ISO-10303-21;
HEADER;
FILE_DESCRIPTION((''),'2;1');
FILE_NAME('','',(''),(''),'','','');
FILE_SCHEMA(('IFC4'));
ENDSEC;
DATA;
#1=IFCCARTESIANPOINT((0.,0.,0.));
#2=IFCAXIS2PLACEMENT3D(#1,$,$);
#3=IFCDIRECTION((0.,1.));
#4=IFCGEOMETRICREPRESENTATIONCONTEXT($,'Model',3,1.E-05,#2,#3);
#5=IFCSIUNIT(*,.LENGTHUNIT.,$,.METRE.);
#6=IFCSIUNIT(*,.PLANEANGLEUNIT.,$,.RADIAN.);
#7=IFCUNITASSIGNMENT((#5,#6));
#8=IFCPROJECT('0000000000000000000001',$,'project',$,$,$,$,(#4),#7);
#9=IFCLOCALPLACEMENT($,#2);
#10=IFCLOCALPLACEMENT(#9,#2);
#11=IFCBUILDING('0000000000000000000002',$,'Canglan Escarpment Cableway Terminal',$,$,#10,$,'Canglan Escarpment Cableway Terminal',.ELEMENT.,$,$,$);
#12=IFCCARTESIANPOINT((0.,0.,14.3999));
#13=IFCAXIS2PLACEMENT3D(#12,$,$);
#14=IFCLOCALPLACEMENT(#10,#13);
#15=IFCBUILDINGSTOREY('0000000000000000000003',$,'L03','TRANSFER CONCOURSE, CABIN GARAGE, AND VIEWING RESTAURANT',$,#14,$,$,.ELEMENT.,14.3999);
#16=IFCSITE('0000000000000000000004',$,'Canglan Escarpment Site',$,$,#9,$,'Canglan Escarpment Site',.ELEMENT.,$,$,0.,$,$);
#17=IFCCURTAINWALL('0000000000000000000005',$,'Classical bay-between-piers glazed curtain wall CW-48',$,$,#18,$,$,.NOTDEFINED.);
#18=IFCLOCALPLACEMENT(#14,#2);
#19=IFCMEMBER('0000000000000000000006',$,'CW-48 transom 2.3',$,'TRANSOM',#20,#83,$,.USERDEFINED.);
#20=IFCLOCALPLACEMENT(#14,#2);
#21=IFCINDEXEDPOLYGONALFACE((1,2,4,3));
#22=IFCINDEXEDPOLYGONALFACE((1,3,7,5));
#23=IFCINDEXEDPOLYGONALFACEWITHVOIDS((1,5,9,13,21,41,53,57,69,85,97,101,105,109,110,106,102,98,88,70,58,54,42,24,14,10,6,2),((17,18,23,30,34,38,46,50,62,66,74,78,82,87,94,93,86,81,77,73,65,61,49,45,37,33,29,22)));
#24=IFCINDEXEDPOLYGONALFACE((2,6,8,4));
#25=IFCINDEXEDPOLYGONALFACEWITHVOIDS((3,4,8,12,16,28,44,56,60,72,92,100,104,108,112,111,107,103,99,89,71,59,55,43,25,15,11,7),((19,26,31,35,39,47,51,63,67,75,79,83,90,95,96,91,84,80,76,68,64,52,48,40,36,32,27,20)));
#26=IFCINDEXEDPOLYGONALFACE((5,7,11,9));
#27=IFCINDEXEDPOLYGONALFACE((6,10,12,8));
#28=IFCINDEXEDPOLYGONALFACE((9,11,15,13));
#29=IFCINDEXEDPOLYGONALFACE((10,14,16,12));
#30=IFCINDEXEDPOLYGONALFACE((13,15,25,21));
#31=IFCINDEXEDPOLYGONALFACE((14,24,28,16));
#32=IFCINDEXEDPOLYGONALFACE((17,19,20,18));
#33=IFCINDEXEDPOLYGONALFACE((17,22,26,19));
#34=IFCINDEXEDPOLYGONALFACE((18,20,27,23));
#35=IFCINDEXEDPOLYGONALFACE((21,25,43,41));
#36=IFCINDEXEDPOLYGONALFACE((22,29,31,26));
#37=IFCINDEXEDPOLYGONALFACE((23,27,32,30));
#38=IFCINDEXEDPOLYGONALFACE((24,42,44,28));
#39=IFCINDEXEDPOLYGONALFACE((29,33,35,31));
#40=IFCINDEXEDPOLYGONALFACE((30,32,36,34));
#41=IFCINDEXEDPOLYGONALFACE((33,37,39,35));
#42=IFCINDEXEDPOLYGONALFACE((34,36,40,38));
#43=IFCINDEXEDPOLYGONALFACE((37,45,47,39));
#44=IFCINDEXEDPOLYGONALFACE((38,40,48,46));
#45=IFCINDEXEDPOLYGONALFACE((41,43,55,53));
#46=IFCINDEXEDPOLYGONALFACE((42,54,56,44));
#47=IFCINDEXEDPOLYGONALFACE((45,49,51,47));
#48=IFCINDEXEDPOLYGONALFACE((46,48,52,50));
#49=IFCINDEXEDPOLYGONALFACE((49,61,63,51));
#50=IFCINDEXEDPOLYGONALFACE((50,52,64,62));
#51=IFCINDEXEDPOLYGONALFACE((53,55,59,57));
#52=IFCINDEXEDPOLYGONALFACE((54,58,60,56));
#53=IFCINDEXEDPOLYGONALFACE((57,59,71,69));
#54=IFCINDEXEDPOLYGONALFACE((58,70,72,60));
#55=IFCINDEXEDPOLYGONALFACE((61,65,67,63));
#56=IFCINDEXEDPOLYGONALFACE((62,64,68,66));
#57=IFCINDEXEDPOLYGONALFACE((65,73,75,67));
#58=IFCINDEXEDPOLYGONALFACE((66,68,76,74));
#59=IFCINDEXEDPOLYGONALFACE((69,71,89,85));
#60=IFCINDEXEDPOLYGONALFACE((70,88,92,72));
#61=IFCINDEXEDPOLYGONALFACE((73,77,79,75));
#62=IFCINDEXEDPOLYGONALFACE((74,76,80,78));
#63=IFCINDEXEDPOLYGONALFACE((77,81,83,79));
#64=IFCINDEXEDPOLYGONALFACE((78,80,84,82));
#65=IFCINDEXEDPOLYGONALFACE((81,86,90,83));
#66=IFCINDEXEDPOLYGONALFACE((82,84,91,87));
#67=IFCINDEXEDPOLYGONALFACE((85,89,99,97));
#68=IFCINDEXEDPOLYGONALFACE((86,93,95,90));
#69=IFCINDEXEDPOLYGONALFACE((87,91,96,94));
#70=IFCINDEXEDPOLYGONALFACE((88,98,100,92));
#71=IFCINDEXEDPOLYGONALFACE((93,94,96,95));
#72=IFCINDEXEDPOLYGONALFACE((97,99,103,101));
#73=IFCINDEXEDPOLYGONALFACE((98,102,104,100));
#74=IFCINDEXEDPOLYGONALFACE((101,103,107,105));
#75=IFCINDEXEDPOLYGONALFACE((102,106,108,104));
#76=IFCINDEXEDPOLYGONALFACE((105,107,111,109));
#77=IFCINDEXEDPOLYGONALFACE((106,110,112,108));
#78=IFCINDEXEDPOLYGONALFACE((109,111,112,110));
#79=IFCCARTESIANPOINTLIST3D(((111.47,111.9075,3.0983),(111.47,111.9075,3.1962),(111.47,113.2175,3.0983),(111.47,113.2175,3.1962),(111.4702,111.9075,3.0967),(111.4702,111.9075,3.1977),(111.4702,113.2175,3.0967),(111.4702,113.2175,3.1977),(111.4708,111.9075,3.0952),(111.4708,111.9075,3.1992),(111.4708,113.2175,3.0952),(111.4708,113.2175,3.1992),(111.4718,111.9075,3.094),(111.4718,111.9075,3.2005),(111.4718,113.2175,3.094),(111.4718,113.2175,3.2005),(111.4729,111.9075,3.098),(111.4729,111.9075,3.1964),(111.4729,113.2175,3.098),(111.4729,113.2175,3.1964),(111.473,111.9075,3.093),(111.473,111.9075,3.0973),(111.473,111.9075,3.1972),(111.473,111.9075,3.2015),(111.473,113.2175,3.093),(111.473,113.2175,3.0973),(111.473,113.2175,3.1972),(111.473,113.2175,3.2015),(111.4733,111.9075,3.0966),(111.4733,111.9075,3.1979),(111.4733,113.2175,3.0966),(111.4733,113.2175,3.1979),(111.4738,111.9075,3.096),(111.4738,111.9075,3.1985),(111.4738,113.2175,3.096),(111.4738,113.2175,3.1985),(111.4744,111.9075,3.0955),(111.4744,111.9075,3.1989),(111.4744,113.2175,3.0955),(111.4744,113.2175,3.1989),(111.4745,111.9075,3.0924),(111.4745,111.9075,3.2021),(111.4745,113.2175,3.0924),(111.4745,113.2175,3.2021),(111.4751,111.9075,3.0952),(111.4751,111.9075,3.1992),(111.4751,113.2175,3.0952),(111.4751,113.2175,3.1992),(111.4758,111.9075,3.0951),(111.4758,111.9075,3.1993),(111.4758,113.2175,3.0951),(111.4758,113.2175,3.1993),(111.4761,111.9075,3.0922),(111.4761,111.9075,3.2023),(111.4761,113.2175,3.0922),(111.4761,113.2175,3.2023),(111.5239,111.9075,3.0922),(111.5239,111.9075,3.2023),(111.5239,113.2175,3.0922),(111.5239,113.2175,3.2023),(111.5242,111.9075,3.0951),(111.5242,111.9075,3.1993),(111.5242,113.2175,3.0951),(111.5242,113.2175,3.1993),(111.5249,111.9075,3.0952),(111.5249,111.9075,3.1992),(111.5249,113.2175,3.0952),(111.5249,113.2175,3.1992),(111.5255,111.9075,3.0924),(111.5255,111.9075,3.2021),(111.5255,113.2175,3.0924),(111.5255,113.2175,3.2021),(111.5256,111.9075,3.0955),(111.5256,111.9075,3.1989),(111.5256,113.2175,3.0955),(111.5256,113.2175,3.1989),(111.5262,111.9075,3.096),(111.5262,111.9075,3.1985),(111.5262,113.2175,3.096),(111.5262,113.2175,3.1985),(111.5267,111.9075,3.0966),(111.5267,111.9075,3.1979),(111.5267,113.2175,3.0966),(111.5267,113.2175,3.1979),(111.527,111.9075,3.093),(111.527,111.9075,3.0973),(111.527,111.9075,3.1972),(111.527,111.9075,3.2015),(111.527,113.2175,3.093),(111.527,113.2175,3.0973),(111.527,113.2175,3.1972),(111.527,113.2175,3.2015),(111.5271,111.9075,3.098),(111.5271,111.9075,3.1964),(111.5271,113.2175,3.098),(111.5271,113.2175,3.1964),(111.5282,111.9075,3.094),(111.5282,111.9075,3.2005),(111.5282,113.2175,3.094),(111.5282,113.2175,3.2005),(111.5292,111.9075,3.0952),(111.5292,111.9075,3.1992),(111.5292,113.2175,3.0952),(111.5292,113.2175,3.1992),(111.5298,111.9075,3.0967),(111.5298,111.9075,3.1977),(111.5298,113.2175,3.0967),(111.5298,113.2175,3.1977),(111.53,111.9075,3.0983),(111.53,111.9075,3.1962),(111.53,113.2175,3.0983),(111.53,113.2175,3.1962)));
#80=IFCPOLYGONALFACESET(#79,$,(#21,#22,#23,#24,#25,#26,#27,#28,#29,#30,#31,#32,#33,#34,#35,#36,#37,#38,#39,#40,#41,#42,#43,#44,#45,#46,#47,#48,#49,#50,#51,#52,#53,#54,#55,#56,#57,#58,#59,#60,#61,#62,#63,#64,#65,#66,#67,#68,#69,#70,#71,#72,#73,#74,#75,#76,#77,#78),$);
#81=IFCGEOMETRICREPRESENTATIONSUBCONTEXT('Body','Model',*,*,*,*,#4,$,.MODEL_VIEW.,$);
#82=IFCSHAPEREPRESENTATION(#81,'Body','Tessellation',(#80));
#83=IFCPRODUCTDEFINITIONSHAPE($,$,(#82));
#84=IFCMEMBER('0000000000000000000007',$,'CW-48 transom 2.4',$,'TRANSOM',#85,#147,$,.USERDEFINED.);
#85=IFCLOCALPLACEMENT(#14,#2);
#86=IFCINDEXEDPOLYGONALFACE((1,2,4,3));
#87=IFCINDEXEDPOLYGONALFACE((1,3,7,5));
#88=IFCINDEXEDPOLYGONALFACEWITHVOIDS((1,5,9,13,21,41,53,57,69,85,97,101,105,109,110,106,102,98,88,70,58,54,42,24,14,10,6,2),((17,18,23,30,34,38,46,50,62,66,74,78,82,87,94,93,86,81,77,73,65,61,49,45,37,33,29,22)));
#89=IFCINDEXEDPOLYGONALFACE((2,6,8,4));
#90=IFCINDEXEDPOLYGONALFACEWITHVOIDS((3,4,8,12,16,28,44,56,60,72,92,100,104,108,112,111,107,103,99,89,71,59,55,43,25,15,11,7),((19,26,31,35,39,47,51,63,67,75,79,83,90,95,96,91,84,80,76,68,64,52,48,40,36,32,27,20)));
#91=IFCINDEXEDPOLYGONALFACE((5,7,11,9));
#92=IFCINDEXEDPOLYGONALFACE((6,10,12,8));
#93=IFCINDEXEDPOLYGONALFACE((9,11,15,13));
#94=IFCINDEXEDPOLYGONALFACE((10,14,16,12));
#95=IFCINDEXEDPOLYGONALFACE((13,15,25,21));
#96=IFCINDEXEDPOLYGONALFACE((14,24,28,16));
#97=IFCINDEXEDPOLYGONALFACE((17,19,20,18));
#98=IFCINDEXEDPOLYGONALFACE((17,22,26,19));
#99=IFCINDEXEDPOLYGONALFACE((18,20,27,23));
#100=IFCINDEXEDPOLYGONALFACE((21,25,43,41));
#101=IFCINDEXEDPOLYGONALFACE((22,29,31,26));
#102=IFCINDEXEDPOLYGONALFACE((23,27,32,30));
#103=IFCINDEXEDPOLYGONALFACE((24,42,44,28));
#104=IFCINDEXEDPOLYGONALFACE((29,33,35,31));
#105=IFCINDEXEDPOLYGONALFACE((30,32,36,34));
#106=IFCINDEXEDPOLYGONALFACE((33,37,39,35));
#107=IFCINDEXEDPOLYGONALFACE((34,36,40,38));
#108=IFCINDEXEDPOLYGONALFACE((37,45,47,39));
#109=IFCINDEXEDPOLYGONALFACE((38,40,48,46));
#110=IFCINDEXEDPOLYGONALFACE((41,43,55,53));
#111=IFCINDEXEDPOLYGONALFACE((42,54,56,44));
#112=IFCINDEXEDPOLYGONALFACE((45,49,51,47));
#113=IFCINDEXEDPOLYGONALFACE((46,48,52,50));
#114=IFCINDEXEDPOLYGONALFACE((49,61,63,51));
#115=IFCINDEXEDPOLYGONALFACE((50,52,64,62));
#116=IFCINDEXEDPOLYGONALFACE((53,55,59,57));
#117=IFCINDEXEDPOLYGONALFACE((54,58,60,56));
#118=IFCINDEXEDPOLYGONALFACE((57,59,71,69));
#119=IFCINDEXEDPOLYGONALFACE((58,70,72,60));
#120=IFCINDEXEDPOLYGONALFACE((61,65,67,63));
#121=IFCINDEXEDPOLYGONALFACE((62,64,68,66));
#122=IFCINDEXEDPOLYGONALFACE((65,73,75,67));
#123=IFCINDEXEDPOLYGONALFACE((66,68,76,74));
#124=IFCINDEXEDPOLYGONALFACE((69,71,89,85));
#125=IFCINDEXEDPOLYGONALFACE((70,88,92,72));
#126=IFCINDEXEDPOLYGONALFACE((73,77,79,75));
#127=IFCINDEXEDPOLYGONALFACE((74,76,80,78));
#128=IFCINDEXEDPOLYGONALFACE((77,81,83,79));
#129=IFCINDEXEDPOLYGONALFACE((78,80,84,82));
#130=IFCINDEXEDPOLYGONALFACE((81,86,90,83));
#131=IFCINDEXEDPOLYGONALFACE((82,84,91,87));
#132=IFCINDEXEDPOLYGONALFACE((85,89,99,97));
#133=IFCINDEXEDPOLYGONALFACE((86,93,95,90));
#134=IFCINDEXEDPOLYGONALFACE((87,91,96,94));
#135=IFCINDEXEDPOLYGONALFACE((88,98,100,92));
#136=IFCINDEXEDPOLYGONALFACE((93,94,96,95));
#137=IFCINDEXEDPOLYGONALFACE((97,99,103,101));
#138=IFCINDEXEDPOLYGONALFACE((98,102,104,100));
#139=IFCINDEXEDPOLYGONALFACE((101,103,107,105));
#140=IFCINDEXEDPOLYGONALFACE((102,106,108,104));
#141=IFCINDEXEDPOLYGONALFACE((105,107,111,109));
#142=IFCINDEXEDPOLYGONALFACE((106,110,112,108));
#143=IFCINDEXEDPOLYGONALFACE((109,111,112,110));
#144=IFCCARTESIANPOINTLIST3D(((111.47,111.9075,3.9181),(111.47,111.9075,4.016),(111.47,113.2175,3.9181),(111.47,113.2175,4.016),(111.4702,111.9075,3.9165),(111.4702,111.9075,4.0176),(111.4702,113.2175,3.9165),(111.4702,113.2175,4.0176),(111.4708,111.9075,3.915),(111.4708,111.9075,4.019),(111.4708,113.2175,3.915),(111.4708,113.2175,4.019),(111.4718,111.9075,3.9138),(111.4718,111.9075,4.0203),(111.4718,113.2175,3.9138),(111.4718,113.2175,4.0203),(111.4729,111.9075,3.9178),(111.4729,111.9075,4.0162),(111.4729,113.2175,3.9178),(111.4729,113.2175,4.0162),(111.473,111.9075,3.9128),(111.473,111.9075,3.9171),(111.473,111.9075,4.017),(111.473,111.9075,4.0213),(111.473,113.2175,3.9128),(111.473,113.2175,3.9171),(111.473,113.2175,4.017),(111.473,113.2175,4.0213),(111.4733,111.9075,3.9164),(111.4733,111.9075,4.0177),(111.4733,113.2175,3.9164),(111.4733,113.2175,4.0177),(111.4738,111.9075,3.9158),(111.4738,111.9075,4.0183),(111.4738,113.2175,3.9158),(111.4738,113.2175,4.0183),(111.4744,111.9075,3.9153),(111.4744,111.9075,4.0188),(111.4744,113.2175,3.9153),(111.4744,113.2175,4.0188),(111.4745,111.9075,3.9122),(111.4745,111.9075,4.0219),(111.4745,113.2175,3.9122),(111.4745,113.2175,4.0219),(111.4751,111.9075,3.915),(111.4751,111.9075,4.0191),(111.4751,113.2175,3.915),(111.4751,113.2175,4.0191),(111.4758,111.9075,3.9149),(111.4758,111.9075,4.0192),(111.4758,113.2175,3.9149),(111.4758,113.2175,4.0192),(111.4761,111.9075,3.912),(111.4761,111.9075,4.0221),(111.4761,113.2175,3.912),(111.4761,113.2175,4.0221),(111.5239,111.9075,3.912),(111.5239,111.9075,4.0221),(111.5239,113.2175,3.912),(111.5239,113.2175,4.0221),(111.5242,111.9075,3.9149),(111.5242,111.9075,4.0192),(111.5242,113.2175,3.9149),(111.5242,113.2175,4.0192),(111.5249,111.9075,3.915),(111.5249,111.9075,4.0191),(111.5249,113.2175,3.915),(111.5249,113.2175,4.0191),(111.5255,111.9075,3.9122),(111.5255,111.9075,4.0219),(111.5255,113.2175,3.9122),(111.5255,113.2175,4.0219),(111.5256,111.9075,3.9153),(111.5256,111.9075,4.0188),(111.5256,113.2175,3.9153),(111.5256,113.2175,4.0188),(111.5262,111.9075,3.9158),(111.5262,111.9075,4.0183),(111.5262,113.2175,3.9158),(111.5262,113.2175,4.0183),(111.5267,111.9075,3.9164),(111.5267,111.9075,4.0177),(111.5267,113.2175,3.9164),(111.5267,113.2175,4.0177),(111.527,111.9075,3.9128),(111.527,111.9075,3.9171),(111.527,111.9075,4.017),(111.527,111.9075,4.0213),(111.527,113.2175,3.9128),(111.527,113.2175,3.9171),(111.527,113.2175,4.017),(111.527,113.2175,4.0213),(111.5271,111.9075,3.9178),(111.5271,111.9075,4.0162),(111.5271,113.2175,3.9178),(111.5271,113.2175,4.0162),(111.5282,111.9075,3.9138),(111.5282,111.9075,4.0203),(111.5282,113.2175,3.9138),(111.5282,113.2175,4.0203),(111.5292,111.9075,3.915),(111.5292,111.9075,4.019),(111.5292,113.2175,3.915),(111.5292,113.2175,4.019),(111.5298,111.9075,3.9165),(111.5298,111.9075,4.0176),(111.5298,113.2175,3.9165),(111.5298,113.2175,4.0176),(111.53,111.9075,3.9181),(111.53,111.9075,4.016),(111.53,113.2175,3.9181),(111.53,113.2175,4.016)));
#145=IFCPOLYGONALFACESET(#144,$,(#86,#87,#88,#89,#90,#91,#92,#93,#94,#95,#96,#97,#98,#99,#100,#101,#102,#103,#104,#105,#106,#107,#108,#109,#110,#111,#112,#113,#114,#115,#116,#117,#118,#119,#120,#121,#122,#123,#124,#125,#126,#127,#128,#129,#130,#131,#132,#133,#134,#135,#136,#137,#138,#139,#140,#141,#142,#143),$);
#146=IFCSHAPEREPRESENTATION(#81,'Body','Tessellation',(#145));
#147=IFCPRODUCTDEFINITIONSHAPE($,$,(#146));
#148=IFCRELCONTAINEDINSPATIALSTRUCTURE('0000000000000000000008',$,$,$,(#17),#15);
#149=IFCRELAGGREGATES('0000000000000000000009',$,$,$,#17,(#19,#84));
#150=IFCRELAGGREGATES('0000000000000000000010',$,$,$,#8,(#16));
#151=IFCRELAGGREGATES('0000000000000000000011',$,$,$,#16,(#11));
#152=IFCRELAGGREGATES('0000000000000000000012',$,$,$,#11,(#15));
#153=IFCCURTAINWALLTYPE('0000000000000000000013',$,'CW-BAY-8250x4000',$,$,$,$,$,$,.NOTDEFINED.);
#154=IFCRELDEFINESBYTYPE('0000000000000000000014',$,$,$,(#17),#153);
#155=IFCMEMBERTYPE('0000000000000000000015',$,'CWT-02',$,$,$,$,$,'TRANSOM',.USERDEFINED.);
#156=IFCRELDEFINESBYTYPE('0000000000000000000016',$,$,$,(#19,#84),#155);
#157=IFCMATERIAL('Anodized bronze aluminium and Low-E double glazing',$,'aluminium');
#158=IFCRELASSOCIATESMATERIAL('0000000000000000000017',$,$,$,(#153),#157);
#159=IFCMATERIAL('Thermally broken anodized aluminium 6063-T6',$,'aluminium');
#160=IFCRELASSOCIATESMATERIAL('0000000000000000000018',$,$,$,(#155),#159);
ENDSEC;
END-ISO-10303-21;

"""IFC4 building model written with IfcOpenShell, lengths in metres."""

from ifc_helpers import new_model, si_unit, direction, frame, origin, origin_2d, place, context, subcontext, project, spatial, hollow_rectangle, extrude, material, material_profile, profile_set, type_object, element, aggregate, save


model = new_model("IFC4")

# Units and contexts
model_context = context("Model", 3, precision=1e-05, world=origin(), true_north=direction((0.0, 1.0)))
body_context = subcontext(model_context, "Body", "Model", "MODEL_VIEW")
ifc_project = project(units=[si_unit("LENGTHUNIT", "METRE"), si_unit("PLANEANGLEUNIT", "RADIAN")], contexts=[model_context])

# Site, building, storey
site_placement = place(None, origin())
site = spatial("IfcSite", under=ifc_project, at=site_placement, Name="Canglan Escarpment Site", LongName="Canglan Escarpment Site", CompositionType="ELEMENT", RefElevation=0.0)
building_placement = place(site_placement, origin())
building = spatial("IfcBuilding", under=site, at=building_placement, Name="Canglan Escarpment Cableway Terminal", LongName="Canglan Escarpment Cableway Terminal", CompositionType="ELEMENT")
storey_placement = place(building_placement, frame((0.0, 0.0, 14.3999)))
storey = spatial("IfcBuildingStorey", under=building, at=storey_placement, Name="L03", Description="TRANSFER CONCOURSE, CABIN GARAGE, AND VIEWING RESTAURANT", CompositionType="ELEMENT", Elevation=14.3999)

# Curtain wall, members
ifc_material_1 = material(Name="Anodized bronze aluminium and Low-E double glazing", Category="aluminium")
curtain_wall_type = type_object("IfcCurtainWallType", Name="CW-BAY-8250x4000", PredefinedType="NOTDEFINED", material=ifc_material_1)
curtain_wall_placement = place(storey_placement, origin())
curtain_wall = element("IfcCurtainWall", 1, at=curtain_wall_placement, inside=storey, type_object=curtain_wall_type, Name="Classical bay-between-piers glazed curtain wall CW-48", PredefinedType="NOTDEFINED")
ifc_material_2 = material(Name="Thermally broken anodized aluminium 6063-T6", Category="aluminium")
ifc_material_profile_1 = material_profile(ifc_material_2, hollow_rectangle(XDim=0.0601, YDim=0.1101, WallThickness=0.0029, InnerFilletRadius=0.0029, OuterFilletRadius=0.0061, at=origin_2d()), Name="ALU-TRAN 60x110x3")
ifc_profile_set_1 = profile_set([ifc_material_profile_1], Name="Thermally broken anodized aluminium 6063-T6")
member_type_1 = type_object("IfcMemberType", Name="CWT-02", ElementType="TRANSOM", PredefinedType="USERDEFINED", material=ifc_profile_set_1)
member_1_placement = place(storey_placement, frame((111.5, 113.2175, 3.1472), z_axis=(0.0, -1.0, 0.0), x_axis=(1.0, 0.0, 0.0)))
member_1 = element("IfcMember", 2, at=member_1_placement, type_object=member_type_1, Name="CW-48 transom 2.3", ObjectType="TRANSOM", PredefinedType="USERDEFINED", context=body_context, shape_type="SweptSolid", body=[
    extrude(hollow_rectangle(XDim=0.0601, YDim=0.1101, WallThickness=0.0029, InnerFilletRadius=0.0029, OuterFilletRadius=0.0061, at=origin_2d()), origin(), (0.0, 0.0, 1.0), 1.3101),
])
member_2_placement = place(storey_placement, frame((111.5, 113.2175, 3.967), z_axis=(0.0, -1.0, 0.0), x_axis=(1.0, 0.0, 0.0)))
member_2 = element("IfcMember", 3, at=member_2_placement, type_object=member_type_1, Name="CW-48 transom 2.4", ObjectType="TRANSOM", PredefinedType="USERDEFINED", context=body_context, shape_type="SweptSolid", body=[
    extrude(hollow_rectangle(XDim=0.0601, YDim=0.1101, WallThickness=0.0029, InnerFilletRadius=0.0029, OuterFilletRadius=0.0061, at=origin_2d()), origin(), (0.0, 0.0, 1.0), 1.3101),
])
aggregate(curtain_wall, [member_1, member_2])

save(model, "model.ifc")
